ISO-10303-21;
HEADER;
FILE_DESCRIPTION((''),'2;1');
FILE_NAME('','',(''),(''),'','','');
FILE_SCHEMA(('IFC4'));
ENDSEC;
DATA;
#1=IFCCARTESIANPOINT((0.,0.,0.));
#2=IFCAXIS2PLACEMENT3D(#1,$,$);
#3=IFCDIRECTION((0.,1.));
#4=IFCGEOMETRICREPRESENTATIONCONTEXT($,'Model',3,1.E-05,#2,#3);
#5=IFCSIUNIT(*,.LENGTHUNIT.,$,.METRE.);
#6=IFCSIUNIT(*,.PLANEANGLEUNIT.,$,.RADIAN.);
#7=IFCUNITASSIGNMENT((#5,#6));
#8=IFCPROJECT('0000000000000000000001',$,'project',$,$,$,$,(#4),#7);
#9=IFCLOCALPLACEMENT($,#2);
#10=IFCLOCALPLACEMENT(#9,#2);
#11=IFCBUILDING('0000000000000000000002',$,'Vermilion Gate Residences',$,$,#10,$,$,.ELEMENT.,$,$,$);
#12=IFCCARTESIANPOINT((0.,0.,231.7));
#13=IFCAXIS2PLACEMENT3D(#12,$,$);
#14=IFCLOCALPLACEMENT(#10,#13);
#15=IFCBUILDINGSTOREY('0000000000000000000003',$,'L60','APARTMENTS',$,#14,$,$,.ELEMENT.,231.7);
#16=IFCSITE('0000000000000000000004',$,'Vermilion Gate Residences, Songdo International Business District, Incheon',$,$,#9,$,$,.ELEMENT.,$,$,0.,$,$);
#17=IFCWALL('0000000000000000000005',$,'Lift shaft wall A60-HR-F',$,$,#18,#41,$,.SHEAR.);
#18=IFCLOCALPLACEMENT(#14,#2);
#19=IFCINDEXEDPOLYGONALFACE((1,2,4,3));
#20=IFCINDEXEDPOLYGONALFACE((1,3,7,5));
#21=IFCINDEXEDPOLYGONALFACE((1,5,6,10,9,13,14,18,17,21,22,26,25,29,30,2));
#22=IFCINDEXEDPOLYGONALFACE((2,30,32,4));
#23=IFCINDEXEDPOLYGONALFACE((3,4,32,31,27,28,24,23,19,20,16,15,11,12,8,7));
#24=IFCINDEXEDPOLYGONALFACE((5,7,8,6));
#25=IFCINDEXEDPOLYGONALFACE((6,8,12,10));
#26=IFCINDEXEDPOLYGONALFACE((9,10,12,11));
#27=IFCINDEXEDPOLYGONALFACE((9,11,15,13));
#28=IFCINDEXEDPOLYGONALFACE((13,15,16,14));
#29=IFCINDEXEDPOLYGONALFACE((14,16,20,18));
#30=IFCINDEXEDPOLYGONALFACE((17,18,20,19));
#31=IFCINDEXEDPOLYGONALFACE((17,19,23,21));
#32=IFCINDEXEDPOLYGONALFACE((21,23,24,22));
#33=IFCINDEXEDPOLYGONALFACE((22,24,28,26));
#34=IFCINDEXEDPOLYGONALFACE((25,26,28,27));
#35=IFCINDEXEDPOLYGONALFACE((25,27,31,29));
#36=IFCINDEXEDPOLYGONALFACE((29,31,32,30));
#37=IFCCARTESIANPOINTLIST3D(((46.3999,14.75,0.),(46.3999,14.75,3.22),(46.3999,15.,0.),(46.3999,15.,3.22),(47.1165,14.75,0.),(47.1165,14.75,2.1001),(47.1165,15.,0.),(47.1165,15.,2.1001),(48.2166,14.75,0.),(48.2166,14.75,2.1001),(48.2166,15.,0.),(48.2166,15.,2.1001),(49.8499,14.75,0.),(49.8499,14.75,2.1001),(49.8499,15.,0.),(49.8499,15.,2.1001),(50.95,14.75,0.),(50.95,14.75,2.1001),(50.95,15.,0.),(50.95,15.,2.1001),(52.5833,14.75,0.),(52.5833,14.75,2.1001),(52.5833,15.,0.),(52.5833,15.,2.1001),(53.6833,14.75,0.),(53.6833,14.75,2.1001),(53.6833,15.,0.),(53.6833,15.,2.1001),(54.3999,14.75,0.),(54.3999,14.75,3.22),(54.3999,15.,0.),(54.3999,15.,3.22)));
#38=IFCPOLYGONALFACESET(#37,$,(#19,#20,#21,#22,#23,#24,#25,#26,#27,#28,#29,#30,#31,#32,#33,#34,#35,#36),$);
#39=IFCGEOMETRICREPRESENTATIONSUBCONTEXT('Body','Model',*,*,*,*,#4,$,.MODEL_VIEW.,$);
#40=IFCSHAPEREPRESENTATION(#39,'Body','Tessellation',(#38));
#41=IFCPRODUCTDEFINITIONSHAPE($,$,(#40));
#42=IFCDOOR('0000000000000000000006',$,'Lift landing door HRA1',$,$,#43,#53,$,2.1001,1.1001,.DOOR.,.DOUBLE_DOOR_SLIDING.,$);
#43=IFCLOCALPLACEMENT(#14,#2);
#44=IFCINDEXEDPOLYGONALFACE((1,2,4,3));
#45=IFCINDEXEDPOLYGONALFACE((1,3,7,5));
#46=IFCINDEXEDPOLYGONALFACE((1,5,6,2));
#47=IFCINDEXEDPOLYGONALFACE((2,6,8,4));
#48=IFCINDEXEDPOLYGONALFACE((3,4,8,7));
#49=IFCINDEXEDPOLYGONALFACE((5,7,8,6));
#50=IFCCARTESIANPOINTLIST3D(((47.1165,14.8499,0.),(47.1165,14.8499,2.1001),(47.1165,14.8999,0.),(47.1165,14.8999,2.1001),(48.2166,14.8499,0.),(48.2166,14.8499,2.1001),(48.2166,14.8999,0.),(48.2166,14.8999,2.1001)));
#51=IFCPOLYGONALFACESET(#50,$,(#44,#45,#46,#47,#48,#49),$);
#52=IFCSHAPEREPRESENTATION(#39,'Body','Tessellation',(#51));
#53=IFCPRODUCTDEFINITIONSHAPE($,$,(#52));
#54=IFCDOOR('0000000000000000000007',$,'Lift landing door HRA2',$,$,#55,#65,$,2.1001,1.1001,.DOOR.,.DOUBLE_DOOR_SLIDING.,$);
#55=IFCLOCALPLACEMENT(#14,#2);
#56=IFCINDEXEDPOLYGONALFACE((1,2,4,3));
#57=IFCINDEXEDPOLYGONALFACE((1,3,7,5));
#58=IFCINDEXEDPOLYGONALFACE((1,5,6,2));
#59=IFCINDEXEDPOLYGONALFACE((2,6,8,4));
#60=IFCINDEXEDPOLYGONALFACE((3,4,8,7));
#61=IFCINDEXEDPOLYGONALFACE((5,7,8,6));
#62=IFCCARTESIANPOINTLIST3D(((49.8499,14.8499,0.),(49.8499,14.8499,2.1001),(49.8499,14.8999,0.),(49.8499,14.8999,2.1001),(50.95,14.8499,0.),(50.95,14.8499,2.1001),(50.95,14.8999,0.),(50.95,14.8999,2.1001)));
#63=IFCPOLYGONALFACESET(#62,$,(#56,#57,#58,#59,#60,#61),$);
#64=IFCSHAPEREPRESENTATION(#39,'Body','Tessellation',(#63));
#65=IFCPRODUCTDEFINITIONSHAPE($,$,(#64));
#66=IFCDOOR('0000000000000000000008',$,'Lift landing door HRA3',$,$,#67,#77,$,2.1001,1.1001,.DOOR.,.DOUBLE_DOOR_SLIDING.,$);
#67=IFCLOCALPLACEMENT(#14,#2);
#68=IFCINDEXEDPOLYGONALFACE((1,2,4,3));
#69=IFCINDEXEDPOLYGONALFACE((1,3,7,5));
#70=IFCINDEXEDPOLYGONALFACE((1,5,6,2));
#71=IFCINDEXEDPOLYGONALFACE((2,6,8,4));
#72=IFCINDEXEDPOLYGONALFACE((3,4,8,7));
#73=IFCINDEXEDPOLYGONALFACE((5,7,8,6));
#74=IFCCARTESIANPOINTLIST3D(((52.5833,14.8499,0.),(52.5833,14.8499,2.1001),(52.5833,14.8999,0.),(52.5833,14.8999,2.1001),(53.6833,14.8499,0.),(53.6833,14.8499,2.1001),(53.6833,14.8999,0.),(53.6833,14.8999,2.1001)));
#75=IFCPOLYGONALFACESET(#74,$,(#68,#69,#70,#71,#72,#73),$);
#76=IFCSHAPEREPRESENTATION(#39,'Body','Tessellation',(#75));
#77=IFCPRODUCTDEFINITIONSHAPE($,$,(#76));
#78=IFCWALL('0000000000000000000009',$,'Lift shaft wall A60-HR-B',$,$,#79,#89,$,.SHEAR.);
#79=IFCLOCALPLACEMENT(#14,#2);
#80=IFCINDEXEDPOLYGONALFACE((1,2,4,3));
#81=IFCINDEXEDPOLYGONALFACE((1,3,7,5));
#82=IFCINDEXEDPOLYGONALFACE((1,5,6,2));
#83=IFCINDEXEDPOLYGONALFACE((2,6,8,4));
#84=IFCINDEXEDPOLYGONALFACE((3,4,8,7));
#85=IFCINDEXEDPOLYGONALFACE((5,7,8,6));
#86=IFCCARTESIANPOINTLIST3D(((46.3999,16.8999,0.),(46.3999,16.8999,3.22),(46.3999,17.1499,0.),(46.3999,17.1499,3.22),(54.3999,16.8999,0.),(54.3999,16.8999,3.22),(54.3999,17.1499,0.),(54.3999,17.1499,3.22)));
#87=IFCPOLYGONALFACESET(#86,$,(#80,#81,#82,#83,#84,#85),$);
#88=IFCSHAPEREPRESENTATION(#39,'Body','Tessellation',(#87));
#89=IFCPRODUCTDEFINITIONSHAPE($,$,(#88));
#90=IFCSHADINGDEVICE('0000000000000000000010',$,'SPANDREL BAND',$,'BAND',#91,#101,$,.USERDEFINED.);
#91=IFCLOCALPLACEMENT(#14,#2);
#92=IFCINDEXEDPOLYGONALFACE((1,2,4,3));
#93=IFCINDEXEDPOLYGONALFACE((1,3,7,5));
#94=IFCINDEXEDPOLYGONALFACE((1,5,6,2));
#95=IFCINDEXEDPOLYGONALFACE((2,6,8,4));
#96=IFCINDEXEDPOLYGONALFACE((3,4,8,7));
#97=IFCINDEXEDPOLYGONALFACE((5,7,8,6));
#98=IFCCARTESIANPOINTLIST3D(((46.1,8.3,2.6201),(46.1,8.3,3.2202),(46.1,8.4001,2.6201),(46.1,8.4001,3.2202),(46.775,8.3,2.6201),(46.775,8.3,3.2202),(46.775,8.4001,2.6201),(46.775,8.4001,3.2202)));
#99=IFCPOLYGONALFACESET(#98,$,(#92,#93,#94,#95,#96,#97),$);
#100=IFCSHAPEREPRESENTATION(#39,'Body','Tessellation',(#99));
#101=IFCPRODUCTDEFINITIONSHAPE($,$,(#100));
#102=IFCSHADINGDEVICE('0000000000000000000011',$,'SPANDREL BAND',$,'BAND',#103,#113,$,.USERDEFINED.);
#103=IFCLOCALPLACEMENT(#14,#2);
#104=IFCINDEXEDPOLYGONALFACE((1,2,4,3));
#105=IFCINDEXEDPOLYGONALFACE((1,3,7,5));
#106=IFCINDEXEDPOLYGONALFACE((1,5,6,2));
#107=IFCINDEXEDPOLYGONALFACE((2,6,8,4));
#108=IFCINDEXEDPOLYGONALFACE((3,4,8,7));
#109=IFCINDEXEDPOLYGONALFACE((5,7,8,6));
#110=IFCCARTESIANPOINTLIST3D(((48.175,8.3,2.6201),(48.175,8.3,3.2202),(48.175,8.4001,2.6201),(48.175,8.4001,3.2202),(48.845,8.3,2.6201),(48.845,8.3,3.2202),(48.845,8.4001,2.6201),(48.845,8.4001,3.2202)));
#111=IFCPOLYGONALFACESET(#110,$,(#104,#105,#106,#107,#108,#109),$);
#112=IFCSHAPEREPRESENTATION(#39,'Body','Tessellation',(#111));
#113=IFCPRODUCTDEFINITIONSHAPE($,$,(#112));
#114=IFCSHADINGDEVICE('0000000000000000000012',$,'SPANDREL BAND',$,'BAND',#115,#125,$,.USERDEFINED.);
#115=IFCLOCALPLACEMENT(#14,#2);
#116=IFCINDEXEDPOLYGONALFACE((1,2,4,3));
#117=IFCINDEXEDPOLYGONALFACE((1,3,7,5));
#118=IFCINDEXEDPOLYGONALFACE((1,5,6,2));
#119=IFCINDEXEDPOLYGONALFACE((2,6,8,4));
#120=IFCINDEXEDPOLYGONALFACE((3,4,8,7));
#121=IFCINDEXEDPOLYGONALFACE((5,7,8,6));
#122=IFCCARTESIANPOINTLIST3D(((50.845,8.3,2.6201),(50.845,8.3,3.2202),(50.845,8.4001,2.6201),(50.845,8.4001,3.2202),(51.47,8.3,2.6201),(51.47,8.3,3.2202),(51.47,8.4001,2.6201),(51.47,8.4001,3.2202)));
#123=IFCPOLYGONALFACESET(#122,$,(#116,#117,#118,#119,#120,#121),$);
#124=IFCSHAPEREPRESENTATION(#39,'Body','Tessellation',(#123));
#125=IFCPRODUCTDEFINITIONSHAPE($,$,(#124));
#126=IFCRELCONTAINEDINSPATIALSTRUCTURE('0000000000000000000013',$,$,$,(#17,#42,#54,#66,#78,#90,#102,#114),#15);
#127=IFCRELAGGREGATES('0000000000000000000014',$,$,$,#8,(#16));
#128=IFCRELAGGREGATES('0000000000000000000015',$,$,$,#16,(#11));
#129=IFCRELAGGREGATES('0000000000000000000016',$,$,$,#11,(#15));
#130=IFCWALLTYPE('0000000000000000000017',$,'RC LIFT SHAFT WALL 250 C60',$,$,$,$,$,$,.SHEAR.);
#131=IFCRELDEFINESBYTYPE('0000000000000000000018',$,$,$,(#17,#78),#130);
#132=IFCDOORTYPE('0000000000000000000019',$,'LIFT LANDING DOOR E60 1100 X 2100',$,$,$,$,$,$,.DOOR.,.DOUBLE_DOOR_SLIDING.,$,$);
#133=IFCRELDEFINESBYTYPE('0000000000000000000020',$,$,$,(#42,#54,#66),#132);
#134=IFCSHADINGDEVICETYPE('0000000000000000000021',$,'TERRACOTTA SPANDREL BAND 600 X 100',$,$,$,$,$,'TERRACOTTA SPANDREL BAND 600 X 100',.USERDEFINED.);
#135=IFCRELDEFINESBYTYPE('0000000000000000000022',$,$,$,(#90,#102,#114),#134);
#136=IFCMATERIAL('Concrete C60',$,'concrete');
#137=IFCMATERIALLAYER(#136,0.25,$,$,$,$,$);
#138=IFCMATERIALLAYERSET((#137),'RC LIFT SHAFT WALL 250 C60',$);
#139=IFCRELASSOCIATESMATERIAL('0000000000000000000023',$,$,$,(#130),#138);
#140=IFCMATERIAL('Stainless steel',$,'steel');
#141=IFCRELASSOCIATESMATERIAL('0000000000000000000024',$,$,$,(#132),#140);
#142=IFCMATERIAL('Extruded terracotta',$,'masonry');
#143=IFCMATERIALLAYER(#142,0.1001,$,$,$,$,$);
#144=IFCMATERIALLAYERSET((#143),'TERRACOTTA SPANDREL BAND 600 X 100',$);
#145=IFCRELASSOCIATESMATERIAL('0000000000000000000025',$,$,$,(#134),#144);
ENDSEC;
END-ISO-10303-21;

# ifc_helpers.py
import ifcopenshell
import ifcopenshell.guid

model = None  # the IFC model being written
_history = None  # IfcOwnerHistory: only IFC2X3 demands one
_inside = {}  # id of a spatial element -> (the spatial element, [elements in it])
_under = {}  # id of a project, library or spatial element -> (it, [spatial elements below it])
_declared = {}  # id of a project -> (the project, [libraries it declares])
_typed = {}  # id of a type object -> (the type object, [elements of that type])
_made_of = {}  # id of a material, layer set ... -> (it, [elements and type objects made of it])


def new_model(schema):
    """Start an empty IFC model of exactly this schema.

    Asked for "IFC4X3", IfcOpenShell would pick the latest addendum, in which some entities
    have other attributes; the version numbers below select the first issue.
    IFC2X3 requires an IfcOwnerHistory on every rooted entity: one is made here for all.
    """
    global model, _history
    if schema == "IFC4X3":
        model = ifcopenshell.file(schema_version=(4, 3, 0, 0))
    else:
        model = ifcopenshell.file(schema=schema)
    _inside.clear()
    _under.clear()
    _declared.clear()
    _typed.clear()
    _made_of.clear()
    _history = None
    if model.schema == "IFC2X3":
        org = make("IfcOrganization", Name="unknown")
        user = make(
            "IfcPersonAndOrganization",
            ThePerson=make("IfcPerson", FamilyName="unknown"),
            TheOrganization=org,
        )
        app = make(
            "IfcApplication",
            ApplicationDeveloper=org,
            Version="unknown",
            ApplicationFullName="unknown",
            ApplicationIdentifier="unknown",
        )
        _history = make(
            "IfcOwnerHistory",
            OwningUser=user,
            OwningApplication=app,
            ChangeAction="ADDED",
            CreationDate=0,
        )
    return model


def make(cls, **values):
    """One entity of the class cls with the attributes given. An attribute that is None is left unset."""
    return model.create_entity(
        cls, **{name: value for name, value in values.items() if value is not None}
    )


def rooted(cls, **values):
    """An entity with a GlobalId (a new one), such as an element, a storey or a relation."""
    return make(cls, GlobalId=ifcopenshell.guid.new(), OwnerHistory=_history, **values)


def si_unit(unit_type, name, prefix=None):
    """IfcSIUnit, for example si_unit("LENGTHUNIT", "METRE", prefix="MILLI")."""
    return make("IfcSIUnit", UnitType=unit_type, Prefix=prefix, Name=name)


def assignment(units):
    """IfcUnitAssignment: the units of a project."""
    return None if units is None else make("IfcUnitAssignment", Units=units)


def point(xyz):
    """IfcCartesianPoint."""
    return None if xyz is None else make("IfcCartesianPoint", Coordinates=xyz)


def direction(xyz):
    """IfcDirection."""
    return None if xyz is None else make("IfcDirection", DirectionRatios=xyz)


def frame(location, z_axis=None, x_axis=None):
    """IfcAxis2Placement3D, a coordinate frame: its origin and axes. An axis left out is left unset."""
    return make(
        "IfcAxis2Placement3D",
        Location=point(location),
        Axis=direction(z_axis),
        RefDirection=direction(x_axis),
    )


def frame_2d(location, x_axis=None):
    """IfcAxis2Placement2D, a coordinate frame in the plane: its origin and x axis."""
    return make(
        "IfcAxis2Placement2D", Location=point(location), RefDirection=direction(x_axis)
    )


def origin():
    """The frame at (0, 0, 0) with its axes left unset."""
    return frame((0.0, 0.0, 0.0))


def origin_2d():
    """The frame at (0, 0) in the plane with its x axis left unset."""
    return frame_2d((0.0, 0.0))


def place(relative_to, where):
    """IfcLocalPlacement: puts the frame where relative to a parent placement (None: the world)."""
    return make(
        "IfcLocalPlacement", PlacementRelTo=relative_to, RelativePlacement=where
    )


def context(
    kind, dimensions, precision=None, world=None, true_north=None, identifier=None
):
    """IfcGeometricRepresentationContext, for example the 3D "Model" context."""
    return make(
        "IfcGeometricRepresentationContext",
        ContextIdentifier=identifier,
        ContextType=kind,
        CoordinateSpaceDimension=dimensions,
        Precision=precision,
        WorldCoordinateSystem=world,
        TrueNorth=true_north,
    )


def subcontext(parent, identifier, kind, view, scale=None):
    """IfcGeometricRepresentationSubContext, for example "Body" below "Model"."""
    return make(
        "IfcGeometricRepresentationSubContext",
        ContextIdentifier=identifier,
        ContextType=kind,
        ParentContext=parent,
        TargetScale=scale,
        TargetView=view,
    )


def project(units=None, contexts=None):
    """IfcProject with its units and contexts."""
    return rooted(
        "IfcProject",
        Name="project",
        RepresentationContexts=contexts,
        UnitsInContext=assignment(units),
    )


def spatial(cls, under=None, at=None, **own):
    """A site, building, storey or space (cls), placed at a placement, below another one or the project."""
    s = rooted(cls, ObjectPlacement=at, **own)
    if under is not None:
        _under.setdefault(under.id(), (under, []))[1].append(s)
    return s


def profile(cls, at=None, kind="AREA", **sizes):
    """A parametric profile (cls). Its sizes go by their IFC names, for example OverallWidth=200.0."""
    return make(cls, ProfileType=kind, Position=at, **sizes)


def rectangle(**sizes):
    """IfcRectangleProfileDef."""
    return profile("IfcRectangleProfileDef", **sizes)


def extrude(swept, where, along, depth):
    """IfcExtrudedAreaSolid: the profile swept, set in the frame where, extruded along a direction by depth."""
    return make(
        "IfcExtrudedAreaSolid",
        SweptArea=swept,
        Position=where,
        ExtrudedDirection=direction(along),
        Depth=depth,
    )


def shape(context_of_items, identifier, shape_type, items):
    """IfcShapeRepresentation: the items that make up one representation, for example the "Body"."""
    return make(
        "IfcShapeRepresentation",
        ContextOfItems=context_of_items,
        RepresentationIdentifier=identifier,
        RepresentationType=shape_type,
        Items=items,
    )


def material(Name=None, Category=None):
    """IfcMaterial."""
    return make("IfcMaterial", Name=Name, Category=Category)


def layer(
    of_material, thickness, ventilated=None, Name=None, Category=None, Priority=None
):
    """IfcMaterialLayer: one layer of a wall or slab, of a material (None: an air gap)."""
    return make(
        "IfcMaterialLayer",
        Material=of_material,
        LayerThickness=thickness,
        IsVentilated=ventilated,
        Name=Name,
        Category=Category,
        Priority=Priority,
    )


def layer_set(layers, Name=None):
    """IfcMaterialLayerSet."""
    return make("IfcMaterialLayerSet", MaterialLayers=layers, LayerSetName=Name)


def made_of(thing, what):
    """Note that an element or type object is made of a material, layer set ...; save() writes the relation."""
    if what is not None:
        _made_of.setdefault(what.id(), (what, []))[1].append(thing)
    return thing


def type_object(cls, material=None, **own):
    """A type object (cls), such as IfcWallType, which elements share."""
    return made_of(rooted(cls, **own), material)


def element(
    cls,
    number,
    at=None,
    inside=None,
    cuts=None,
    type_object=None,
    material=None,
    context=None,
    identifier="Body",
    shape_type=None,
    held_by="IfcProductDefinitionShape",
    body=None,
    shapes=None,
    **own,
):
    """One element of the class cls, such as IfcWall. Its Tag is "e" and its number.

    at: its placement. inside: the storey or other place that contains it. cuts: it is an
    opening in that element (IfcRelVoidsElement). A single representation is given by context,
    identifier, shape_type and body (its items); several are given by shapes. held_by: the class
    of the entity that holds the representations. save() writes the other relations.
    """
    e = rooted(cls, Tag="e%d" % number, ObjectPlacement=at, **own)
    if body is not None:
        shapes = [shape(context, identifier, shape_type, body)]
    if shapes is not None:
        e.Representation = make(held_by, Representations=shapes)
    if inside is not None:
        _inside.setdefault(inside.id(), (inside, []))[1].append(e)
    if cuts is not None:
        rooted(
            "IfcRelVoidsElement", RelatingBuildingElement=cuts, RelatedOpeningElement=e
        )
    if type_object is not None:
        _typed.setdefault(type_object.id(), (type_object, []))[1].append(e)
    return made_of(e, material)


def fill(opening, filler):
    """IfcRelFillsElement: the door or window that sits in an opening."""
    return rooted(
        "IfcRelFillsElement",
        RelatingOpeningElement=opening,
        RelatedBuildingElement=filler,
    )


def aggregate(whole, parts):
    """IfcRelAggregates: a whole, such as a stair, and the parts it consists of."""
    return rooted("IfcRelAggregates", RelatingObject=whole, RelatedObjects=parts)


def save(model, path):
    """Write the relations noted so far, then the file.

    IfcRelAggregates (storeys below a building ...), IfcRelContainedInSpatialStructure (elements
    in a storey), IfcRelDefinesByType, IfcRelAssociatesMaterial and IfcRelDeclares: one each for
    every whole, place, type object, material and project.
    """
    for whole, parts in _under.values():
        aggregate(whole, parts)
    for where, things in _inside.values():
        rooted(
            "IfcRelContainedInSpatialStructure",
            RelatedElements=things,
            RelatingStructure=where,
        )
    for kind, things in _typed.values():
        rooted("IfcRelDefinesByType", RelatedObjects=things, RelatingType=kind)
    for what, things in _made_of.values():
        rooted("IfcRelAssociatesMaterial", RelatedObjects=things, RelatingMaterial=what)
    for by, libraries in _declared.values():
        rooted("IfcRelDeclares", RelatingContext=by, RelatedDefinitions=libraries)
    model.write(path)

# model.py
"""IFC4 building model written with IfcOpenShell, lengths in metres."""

from ifc_helpers import new_model, si_unit, direction, frame, frame_2d, origin, origin_2d, place, context, subcontext, project, spatial, rectangle, extrude, material, layer, layer_set, type_object, element, fill, save


model = new_model("IFC4")

# Units and contexts
model_context = context("Model", 3, precision=1e-05, world=origin(), true_north=direction((0.0, 1.0)))
body_context = subcontext(model_context, "Body", "Model", "MODEL_VIEW")
ifc_project = project(units=[si_unit("LENGTHUNIT", "METRE"), si_unit("PLANEANGLEUNIT", "RADIAN")], contexts=[model_context])

# Site, building, storey
site_placement = place(None, origin())
site = spatial("IfcSite", under=ifc_project, at=site_placement, Name="Vermilion Gate Residences, Songdo International Business District, Incheon", CompositionType="ELEMENT", RefElevation=0.0)
building_placement = place(site_placement, origin())
building = spatial("IfcBuilding", under=site, at=building_placement, Name="Vermilion Gate Residences", CompositionType="ELEMENT")
storey_placement = place(building_placement, frame((0.0, 0.0, 231.7)))
storey = spatial("IfcBuildingStorey", under=building, at=storey_placement, Name="L60", Description="APARTMENTS", CompositionType="ELEMENT", Elevation=231.7)

# Wall, openings, doors
ifc_material_1 = material(Name="Concrete C60", Category="concrete")
ifc_layer_1 = layer(ifc_material_1, 0.25)
ifc_layer_set_1 = layer_set([ifc_layer_1], Name="RC LIFT SHAFT WALL 250 C60")
wall_type_1 = type_object("IfcWallType", Name="RC LIFT SHAFT WALL 250 C60", PredefinedType="SHEAR", material=ifc_layer_set_1)
wall_1_placement = place(storey_placement, frame((46.3999, 14.875, 0.0), z_axis=(0.0, 0.0, 1.0), x_axis=(1.0, 0.0, 0.0)))
wall_1 = element("IfcWall", 1, at=wall_1_placement, inside=storey, type_object=wall_type_1, Name="Lift shaft wall A60-HR-F", PredefinedType="SHEAR", context=body_context, shape_type="SweptSolid", body=[
    extrude(rectangle(XDim=8.0, YDim=0.25, at=frame_2d((4.0, 0.0))), origin(), (0.0, 0.0, 1.0), 3.22),
])
opening_1_placement = place(wall_1_placement, frame((0.7166, 0.0, 0.0)))
opening_1 = element("IfcOpeningElement", 2, at=opening_1_placement, cuts=wall_1, PredefinedType="OPENING", context=body_context, shape_type="SweptSolid", body=[
    extrude(rectangle(XDim=1.1001, YDim=2.1001, at=frame_2d((0.55, 1.05))), frame((0.0, 0.135, 0.0), z_axis=(0.0, -1.0, 0.0), x_axis=(1.0, 0.0, 0.0)), (0.0, 0.0, 1.0), 0.27),
])
opening_2_placement = place(wall_1_placement, frame((3.45, 0.0, 0.0)))
opening_2 = element("IfcOpeningElement", 3, at=opening_2_placement, cuts=wall_1, PredefinedType="OPENING", context=body_context, shape_type="SweptSolid", body=[
    extrude(rectangle(XDim=1.1001, YDim=2.1001, at=frame_2d((0.55, 1.05))), frame((0.0, 0.135, 0.0), z_axis=(0.0, -1.0, 0.0), x_axis=(1.0, 0.0, 0.0)), (0.0, 0.0, 1.0), 0.27),
])
opening_3_placement = place(wall_1_placement, frame((6.1833, 0.0, 0.0)))
opening_3 = element("IfcOpeningElement", 4, at=opening_3_placement, cuts=wall_1, PredefinedType="OPENING", context=body_context, shape_type="SweptSolid", body=[
    extrude(rectangle(XDim=1.1001, YDim=2.1001, at=frame_2d((0.55, 1.05))), frame((0.0, 0.135, 0.0), z_axis=(0.0, -1.0, 0.0), x_axis=(1.0, 0.0, 0.0)), (0.0, 0.0, 1.0), 0.27),
])
ifc_material_2 = material(Name="Stainless steel", Category="steel")
door_type_1 = type_object("IfcDoorType", Name="LIFT LANDING DOOR E60 1100 X 2100", OperationType="DOUBLE_DOOR_SLIDING", PredefinedType="DOOR", material=ifc_material_2)
door_1_placement = place(opening_1_placement, origin())
door_1 = element("IfcDoor", 5, at=door_1_placement, inside=storey, type_object=door_type_1, Name="Lift landing door HRA1", OperationType="DOUBLE_DOOR_SLIDING", OverallHeight=2.1001, OverallWidth=1.1001, PredefinedType="DOOR", context=body_context, shape_type="SweptSolid", body=[
    extrude(rectangle(XDim=1.1001, YDim=2.1001, at=frame_2d((0.55, 1.05))), frame((0.0, 0.0249, 0.0), z_axis=(0.0, -1.0, 0.0), x_axis=(1.0, 0.0, 0.0)), (0.0, 0.0, 1.0), 0.05),
])
fill(opening_1, door_1)
door_2_placement = place(opening_2_placement, origin())
door_2 = element("IfcDoor", 6, at=door_2_placement, inside=storey, type_object=door_type_1, Name="Lift landing door HRA2", OperationType="DOUBLE_DOOR_SLIDING", OverallHeight=2.1001, OverallWidth=1.1001, PredefinedType="DOOR", context=body_context, shape_type="SweptSolid", body=[
    extrude(rectangle(XDim=1.1001, YDim=2.1001, at=frame_2d((0.55, 1.05))), frame((0.0, 0.0249, 0.0), z_axis=(0.0, -1.0, 0.0), x_axis=(1.0, 0.0, 0.0)), (0.0, 0.0, 1.0), 0.05),
])
fill(opening_2, door_2)
door_3_placement = place(opening_3_placement, origin())
door_3 = element("IfcDoor", 7, at=door_3_placement, inside=storey, type_object=door_type_1, Name="Lift landing door HRA3", OperationType="DOUBLE_DOOR_SLIDING", OverallHeight=2.1001, OverallWidth=1.1001, PredefinedType="DOOR", context=body_context, shape_type="SweptSolid", body=[
    extrude(rectangle(XDim=1.1001, YDim=2.1001, at=frame_2d((0.55, 1.05))), frame((0.0, 0.0249, 0.0), z_axis=(0.0, -1.0, 0.0), x_axis=(1.0, 0.0, 0.0)), (0.0, 0.0, 1.0), 0.05),
])
fill(opening_3, door_3)

# Wall
wall_2_placement = place(storey_placement, frame((46.3999, 17.0249, 0.0), z_axis=(0.0, 0.0, 1.0), x_axis=(1.0, 0.0, 0.0)))
element("IfcWall", 8, at=wall_2_placement, inside=storey, type_object=wall_type_1, Name="Lift shaft wall A60-HR-B", PredefinedType="SHEAR", context=body_context, shape_type="SweptSolid", body=[
    extrude(rectangle(XDim=8.0, YDim=0.25, at=frame_2d((4.0, 0.0))), origin(), (0.0, 0.0, 1.0), 3.22),
])

# Shading devices
ifc_material_3 = material(Name="Extruded terracotta", Category="masonry")
ifc_layer_2 = layer(ifc_material_3, 0.1001)
ifc_layer_set_2 = layer_set([ifc_layer_2], Name="TERRACOTTA SPANDREL BAND 600 X 100")
shading_device_type = type_object("IfcShadingDeviceType", Name="TERRACOTTA SPANDREL BAND 600 X 100", ElementType="TERRACOTTA SPANDREL BAND 600 X 100", PredefinedType="USERDEFINED", material=ifc_layer_set_2)
shading_device_1_placement = place(storey_placement, frame((46.4375, 8.3501, 2.6201), z_axis=(0.0, 0.0, 1.0), x_axis=(1.0, 0.0, 0.0)))
element("IfcShadingDevice", 9, at=shading_device_1_placement, inside=storey, type_object=shading_device_type, Name="SPANDREL BAND", ObjectType="BAND", PredefinedType="USERDEFINED", context=body_context, shape_type="SweptSolid", body=[
    extrude(rectangle(XDim=0.675, YDim=0.1001, at=origin_2d()), origin(), (0.0, 0.0, 1.0), 0.6001),
])
shading_device_2_placement = place(storey_placement, frame((48.51, 8.3501, 2.6201), z_axis=(0.0, 0.0, 1.0), x_axis=(1.0, 0.0, 0.0)))
element("IfcShadingDevice", 10, at=shading_device_2_placement, inside=storey, type_object=shading_device_type, Name="SPANDREL BAND", ObjectType="BAND", PredefinedType="USERDEFINED", context=body_context, shape_type="SweptSolid", body=[
    extrude(rectangle(XDim=0.6699, YDim=0.1001, at=origin_2d()), origin(), (0.0, 0.0, 1.0), 0.6001),
])
shading_device_3_placement = place(storey_placement, frame((51.1575, 8.3501, 2.6201), z_axis=(0.0, 0.0, 1.0), x_axis=(1.0, 0.0, 0.0)))
element("IfcShadingDevice", 11, at=shading_device_3_placement, inside=storey, type_object=shading_device_type, Name="SPANDREL BAND", ObjectType="BAND", PredefinedType="USERDEFINED", context=body_context, shape_type="SweptSolid", body=[
    extrude(rectangle(XDim=0.625, YDim=0.1001, at=origin_2d()), origin(), (0.0, 0.0, 1.0), 0.6001),
])

save(model, "model.ifc")
